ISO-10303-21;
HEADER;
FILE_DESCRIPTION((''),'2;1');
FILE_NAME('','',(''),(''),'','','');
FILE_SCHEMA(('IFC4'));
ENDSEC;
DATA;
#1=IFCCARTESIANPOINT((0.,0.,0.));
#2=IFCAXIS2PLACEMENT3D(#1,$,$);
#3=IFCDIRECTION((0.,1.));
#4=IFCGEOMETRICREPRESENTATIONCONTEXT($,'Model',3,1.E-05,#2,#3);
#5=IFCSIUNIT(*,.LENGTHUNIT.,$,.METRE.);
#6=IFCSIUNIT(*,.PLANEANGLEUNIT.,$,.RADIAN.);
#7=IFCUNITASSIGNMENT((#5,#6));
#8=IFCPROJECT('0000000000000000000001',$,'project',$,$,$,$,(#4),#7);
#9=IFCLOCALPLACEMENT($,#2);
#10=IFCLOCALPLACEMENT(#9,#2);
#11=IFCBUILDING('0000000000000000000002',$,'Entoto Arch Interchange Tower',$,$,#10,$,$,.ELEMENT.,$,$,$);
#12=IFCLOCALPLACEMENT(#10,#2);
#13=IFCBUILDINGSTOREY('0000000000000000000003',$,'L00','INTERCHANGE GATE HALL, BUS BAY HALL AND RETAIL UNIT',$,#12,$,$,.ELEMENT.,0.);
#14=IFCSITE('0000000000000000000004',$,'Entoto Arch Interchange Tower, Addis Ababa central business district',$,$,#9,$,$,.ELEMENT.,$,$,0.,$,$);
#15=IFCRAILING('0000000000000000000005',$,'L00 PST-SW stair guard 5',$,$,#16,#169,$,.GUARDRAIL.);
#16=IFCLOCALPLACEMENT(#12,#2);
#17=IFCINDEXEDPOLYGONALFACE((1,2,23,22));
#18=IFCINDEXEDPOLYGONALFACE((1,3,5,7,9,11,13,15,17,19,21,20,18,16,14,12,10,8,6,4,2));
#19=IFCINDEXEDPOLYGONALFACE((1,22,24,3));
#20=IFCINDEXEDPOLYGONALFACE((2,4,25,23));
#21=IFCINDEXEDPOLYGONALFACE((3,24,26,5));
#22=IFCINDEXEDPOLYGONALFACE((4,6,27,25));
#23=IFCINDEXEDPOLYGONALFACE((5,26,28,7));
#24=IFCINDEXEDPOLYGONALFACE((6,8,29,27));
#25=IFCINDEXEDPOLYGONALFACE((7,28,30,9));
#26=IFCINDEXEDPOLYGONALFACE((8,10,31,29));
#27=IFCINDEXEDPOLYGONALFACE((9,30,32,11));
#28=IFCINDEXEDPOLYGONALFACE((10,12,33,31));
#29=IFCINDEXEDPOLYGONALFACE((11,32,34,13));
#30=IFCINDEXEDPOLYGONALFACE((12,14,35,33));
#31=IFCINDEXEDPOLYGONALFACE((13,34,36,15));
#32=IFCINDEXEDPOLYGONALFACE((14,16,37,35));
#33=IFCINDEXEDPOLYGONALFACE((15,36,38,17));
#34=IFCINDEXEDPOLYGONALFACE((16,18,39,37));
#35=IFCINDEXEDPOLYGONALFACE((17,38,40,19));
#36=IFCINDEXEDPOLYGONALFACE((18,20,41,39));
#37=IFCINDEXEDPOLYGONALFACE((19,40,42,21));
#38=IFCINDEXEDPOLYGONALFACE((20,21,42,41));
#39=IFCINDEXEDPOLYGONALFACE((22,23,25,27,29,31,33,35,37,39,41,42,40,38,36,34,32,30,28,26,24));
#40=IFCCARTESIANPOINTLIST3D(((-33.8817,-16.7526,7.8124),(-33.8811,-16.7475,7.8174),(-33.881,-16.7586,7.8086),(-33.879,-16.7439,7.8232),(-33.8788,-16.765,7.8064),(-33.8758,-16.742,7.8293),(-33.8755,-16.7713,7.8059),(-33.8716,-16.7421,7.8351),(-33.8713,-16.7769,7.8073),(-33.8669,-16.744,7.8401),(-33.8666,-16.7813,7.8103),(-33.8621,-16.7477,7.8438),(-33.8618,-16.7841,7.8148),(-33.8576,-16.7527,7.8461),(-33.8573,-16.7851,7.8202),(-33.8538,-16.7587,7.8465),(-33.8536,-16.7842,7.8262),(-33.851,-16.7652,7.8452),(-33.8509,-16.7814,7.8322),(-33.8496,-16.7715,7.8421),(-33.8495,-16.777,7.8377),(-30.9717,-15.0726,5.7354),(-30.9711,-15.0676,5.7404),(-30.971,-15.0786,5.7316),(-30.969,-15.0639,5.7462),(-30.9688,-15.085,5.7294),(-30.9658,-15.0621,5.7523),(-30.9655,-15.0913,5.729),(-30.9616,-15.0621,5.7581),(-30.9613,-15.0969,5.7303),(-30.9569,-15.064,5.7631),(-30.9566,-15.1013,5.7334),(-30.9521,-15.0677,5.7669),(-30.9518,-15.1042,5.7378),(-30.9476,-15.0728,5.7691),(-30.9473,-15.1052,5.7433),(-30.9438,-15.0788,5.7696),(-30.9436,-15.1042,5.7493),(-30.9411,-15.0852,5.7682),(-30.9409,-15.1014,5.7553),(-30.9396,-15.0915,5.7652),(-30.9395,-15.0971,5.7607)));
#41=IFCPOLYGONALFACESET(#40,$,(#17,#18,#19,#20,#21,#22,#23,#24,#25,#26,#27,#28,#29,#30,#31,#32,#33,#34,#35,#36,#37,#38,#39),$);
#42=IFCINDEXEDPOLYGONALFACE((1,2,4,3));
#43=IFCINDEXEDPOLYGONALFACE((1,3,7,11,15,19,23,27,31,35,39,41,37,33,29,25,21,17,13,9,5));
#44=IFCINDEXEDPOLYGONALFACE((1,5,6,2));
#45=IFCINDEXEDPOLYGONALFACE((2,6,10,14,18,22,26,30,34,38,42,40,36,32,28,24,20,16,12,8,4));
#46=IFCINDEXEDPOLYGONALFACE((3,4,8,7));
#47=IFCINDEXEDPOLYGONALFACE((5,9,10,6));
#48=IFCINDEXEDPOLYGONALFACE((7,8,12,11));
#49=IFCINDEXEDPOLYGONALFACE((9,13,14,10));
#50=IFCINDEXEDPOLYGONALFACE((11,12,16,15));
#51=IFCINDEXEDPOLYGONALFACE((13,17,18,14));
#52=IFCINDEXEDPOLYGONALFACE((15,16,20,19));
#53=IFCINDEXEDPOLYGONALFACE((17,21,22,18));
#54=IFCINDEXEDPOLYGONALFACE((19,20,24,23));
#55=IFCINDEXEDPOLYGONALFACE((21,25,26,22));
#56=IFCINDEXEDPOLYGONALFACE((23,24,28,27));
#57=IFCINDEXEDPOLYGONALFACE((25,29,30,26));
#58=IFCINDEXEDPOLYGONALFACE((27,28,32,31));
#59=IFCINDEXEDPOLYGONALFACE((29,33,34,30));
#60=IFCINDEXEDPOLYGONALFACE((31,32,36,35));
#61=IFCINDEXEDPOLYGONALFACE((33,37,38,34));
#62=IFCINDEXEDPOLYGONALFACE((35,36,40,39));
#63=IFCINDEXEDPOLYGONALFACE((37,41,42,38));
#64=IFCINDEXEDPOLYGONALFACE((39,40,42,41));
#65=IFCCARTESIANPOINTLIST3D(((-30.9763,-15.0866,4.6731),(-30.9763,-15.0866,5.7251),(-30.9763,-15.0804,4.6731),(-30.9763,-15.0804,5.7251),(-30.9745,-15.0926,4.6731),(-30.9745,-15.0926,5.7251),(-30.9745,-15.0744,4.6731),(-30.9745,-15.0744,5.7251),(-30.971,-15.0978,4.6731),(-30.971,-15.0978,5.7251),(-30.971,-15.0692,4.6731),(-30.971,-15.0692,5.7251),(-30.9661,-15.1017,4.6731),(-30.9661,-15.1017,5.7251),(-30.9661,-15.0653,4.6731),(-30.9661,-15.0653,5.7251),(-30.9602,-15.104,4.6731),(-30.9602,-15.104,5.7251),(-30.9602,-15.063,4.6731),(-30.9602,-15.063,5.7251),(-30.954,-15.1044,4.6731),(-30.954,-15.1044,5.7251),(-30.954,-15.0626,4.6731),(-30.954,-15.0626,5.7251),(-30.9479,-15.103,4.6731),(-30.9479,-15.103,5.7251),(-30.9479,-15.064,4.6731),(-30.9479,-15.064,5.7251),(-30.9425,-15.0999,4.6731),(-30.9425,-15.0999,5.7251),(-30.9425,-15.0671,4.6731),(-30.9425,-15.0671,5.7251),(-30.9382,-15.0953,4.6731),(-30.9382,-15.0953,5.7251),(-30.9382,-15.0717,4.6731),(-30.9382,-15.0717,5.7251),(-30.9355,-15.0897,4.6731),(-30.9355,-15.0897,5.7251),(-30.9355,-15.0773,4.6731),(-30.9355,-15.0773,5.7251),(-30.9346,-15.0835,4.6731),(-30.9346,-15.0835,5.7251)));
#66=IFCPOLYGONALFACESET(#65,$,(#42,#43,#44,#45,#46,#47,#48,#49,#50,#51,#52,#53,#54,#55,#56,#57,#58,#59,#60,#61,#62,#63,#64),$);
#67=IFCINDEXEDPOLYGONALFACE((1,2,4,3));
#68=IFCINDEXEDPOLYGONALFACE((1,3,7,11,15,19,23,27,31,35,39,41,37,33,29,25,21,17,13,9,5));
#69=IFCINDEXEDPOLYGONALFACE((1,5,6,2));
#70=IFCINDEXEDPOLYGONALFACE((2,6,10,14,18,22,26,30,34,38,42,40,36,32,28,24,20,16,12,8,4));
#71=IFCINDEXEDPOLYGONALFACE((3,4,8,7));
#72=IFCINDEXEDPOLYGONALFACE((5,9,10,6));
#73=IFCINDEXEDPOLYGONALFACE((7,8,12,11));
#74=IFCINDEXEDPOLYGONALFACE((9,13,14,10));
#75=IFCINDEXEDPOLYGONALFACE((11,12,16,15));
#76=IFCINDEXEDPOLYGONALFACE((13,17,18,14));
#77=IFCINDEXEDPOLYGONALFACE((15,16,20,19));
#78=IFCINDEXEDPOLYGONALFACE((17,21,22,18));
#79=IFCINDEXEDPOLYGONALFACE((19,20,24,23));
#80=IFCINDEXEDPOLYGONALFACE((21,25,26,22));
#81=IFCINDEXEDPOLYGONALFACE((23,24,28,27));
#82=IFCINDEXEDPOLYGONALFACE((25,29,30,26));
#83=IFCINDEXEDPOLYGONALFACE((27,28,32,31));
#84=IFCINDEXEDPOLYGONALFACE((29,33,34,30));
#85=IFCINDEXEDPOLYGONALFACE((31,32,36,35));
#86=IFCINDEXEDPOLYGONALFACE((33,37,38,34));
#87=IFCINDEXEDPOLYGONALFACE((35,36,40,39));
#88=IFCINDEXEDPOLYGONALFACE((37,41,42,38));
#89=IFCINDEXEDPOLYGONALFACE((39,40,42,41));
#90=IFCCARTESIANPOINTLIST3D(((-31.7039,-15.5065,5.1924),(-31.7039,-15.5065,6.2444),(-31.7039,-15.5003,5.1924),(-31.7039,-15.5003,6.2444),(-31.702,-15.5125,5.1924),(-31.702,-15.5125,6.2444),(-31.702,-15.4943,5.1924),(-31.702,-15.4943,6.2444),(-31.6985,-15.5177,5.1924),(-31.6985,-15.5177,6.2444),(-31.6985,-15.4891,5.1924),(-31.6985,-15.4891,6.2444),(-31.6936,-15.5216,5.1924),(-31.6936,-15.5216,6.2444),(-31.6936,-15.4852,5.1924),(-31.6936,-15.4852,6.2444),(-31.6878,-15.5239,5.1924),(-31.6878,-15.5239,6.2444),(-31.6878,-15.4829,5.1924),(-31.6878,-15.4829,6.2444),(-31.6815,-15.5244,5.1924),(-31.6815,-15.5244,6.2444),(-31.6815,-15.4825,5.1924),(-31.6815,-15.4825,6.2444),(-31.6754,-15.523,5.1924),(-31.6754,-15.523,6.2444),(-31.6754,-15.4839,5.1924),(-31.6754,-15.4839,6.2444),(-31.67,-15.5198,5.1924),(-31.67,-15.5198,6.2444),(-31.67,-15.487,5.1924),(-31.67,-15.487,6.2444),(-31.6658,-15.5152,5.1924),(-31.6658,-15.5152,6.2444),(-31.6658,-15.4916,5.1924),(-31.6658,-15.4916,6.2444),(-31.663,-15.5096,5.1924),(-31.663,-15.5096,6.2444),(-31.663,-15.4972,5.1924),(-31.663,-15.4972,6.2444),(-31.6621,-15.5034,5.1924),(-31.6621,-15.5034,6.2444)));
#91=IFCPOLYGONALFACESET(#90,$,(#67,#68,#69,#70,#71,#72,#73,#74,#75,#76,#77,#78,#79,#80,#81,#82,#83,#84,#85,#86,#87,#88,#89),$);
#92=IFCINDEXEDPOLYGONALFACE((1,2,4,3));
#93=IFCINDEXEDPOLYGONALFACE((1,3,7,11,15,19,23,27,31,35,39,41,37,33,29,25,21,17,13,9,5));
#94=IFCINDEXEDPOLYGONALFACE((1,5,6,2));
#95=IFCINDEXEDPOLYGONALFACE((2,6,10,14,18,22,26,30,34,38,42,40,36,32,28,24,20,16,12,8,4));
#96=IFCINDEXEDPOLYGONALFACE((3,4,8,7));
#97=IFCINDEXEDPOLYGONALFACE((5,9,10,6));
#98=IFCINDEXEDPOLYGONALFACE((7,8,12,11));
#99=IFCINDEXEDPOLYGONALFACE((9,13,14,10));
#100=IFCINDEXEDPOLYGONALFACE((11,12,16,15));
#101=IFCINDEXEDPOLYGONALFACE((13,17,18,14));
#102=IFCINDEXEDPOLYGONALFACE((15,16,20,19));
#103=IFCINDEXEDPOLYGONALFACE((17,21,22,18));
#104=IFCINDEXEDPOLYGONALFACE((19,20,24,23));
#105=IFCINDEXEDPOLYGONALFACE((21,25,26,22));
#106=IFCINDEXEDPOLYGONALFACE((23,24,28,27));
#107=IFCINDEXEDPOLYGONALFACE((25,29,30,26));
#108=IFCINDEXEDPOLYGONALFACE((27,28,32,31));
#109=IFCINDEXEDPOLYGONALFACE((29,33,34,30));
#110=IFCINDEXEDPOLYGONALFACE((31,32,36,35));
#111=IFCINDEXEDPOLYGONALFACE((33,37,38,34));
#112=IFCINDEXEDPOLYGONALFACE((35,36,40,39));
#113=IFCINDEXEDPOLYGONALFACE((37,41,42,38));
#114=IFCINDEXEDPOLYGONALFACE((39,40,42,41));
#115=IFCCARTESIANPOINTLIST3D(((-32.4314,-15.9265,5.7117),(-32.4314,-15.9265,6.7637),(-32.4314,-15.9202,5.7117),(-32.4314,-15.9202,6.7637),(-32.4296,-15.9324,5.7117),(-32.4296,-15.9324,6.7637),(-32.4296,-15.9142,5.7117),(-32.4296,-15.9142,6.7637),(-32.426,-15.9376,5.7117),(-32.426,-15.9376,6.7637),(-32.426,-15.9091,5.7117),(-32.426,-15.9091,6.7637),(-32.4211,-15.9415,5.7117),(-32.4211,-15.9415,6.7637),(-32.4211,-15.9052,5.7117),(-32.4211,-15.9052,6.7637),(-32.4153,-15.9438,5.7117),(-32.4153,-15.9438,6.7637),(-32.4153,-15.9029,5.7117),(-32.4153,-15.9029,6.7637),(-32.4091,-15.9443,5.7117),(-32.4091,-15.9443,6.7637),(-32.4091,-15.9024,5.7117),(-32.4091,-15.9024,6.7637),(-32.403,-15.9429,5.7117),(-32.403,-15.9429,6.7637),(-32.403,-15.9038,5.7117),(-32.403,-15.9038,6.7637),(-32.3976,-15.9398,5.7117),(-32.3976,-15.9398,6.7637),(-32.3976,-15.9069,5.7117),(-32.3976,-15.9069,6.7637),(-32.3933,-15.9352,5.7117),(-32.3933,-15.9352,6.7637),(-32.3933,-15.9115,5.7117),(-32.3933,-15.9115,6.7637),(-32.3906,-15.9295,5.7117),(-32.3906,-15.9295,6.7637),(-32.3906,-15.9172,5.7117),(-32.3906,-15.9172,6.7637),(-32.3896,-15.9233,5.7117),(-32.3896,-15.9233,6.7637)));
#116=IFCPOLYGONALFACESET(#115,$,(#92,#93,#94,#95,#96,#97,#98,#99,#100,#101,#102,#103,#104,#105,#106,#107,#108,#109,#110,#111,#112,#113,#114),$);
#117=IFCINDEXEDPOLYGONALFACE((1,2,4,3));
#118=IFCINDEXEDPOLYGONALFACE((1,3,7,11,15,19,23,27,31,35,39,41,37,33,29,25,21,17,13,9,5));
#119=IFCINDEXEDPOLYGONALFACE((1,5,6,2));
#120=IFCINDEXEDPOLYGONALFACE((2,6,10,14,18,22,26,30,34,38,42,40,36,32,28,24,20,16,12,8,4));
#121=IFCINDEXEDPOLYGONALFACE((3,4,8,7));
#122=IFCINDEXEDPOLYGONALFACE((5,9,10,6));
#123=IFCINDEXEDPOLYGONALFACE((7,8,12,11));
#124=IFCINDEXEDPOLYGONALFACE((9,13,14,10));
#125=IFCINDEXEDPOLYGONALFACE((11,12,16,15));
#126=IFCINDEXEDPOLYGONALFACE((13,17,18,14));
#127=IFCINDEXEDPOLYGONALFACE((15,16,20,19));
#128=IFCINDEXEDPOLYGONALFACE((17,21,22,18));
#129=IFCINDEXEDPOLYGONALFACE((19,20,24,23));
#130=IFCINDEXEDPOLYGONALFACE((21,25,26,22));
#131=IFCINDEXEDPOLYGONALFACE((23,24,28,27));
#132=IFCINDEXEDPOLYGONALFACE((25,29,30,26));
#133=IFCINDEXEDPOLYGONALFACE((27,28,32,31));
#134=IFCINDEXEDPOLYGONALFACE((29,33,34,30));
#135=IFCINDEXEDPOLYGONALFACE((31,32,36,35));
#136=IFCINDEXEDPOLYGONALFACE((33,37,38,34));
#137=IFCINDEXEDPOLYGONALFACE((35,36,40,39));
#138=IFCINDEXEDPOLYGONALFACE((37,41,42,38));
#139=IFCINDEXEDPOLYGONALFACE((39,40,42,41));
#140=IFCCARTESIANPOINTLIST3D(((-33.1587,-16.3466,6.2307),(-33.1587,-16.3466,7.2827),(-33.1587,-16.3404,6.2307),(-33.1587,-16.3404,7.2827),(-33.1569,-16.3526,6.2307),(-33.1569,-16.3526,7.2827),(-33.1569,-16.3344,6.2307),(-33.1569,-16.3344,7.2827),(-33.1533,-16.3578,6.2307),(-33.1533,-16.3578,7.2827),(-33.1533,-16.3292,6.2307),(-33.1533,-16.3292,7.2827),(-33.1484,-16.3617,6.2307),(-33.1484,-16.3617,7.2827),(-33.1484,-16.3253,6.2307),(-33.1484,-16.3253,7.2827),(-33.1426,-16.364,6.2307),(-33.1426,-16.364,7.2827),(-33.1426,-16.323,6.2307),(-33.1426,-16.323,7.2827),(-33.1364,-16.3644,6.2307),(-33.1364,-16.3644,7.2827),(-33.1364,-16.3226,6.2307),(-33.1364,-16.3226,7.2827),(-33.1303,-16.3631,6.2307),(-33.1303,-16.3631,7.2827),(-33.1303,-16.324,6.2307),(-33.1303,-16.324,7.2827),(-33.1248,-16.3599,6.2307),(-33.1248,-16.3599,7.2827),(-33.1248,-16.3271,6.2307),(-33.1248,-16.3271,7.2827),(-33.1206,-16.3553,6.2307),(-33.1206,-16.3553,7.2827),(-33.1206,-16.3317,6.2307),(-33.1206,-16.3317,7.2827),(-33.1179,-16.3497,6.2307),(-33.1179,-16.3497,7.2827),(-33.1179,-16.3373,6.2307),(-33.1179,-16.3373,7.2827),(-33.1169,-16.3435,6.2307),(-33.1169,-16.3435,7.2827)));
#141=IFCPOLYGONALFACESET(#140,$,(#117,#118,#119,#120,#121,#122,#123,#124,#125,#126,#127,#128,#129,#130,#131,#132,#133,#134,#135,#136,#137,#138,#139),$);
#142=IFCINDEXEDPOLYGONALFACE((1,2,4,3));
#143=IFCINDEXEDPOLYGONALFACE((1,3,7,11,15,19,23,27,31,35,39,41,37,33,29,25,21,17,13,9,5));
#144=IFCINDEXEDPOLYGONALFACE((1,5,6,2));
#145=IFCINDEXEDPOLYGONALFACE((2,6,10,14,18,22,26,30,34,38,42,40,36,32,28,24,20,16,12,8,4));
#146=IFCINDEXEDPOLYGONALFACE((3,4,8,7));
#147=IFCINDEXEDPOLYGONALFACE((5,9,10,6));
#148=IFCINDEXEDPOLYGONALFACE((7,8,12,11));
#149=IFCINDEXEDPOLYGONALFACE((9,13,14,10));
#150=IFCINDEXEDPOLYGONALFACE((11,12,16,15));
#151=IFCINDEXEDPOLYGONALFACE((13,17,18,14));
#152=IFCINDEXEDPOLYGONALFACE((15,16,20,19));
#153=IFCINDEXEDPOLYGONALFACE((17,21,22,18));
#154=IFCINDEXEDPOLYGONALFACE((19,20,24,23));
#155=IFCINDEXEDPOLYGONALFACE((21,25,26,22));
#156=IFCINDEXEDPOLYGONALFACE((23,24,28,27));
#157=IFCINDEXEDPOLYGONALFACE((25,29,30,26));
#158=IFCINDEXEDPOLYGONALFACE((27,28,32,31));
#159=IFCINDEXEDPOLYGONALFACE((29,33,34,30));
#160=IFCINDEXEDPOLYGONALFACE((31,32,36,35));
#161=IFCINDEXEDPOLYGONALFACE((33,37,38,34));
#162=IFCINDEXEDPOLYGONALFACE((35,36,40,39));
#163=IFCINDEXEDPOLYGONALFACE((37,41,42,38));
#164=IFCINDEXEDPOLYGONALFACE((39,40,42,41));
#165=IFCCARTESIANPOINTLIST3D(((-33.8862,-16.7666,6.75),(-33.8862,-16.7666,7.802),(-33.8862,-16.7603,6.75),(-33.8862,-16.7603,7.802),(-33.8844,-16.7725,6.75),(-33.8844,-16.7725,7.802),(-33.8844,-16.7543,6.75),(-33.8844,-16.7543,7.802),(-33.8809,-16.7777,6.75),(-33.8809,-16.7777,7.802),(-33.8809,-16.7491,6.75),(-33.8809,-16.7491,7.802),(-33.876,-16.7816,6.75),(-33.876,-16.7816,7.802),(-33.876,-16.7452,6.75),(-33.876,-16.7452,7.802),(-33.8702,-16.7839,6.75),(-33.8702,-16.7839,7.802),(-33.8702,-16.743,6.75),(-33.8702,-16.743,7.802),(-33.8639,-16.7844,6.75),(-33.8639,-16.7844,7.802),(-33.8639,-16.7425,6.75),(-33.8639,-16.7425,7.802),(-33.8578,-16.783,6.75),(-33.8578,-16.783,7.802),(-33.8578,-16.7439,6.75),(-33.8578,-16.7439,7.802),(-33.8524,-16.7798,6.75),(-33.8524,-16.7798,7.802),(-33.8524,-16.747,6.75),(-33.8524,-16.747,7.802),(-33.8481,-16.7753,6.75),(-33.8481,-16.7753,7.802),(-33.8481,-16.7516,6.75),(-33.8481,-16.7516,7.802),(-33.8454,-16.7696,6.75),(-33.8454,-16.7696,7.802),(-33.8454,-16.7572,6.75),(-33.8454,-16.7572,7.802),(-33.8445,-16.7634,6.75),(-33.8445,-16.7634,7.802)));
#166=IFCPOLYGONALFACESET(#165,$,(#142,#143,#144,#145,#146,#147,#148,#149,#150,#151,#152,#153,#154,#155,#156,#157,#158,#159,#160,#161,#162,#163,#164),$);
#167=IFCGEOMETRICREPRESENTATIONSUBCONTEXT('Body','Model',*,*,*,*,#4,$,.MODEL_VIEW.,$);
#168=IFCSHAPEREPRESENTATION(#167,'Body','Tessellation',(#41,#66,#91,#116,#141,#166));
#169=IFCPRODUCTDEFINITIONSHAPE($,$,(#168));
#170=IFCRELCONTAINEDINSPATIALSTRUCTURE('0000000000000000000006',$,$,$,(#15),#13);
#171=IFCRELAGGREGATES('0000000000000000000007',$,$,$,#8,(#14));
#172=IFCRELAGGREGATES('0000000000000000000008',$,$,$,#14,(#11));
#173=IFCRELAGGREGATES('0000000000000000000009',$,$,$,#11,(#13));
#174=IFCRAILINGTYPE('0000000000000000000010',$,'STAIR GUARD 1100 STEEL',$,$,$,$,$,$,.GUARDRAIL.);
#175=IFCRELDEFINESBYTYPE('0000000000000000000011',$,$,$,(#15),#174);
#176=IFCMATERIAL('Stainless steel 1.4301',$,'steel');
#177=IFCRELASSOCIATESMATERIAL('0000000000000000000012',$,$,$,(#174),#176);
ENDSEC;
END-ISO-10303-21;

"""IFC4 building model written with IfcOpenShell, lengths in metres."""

from ifc_helpers import new_model, si_unit, direction, frame, origin, origin_2d, place, context, subcontext, project, spatial, circle, extrude, material, type_object, element, save


model = new_model("IFC4")

# Units and contexts
model_context = context("Model", 3, precision=1e-05, world=origin(), true_north=direction((0.0, 1.0)))
body_context = subcontext(model_context, "Body", "Model", "MODEL_VIEW")
ifc_project = project(units=[si_unit("LENGTHUNIT", "METRE"), si_unit("PLANEANGLEUNIT", "RADIAN")], contexts=[model_context])

# Site, building, storey
site_placement = place(None, origin())
site = spatial("IfcSite", under=ifc_project, at=site_placement, Name="Entoto Arch Interchange Tower, Addis Ababa central business district", CompositionType="ELEMENT", RefElevation=0.0)
building_placement = place(site_placement, origin())
building = spatial("IfcBuilding", under=site, at=building_placement, Name="Entoto Arch Interchange Tower", CompositionType="ELEMENT")
storey_placement = place(building_placement, origin())
storey = spatial("IfcBuildingStorey", under=building, at=storey_placement, Name="L00", Description="INTERCHANGE GATE HALL, BUS BAY HALL AND RETAIL UNIT", CompositionType="ELEMENT", Elevation=0.0)

# Railing
ifc_material_1 = material(Name="Stainless steel 1.4301", Category="steel")
railing_type_1 = type_object("IfcRailingType", Name="STAIR GUARD 1100 STEEL", PredefinedType="GUARDRAIL", material=ifc_material_1)
railing_1_placement = place(storey_placement, frame((-30.9556, -15.0835, 4.6731)))
element("IfcRailing", 1, at=railing_1_placement, inside=storey, type_object=railing_type_1, Name="L00 PST-SW stair guard 5", PredefinedType="GUARDRAIL", context=body_context, shape_type="SweptSolid", body=[
    extrude(circle(Radius=0.0239, at=origin_2d()), frame((0.0, 0.0, 1.0762), z_axis=(-0.736668, -0.425288, 0.525785), x_axis=(0.499976, -0.866039, 0.0)), (0.0, 0.0, 1.0), 3.9502),
    extrude(circle(Radius=0.021, at=origin_2d()), origin(), (0.0, 0.0, 1.0), 1.052),
    extrude(circle(Radius=0.021, at=origin_2d()), frame((-0.7275, -0.4199, 0.5193)), (0.0, 0.0, 1.0), 1.052),
    extrude(circle(Radius=0.021, at=origin_2d()), frame((-1.4551, -0.8398, 1.0386)), (0.0, 0.0, 1.0), 1.052),
    extrude(circle(Radius=0.021, at=origin_2d()), frame((-2.1824, -1.26, 1.5576)), (0.0, 0.0, 1.0), 1.052),
    extrude(circle(Radius=0.021, at=origin_2d()), frame((-2.9099, -1.6799, 2.0769)), (0.0, 0.0, 1.0), 1.052),
])

save(model, "model.ifc")
